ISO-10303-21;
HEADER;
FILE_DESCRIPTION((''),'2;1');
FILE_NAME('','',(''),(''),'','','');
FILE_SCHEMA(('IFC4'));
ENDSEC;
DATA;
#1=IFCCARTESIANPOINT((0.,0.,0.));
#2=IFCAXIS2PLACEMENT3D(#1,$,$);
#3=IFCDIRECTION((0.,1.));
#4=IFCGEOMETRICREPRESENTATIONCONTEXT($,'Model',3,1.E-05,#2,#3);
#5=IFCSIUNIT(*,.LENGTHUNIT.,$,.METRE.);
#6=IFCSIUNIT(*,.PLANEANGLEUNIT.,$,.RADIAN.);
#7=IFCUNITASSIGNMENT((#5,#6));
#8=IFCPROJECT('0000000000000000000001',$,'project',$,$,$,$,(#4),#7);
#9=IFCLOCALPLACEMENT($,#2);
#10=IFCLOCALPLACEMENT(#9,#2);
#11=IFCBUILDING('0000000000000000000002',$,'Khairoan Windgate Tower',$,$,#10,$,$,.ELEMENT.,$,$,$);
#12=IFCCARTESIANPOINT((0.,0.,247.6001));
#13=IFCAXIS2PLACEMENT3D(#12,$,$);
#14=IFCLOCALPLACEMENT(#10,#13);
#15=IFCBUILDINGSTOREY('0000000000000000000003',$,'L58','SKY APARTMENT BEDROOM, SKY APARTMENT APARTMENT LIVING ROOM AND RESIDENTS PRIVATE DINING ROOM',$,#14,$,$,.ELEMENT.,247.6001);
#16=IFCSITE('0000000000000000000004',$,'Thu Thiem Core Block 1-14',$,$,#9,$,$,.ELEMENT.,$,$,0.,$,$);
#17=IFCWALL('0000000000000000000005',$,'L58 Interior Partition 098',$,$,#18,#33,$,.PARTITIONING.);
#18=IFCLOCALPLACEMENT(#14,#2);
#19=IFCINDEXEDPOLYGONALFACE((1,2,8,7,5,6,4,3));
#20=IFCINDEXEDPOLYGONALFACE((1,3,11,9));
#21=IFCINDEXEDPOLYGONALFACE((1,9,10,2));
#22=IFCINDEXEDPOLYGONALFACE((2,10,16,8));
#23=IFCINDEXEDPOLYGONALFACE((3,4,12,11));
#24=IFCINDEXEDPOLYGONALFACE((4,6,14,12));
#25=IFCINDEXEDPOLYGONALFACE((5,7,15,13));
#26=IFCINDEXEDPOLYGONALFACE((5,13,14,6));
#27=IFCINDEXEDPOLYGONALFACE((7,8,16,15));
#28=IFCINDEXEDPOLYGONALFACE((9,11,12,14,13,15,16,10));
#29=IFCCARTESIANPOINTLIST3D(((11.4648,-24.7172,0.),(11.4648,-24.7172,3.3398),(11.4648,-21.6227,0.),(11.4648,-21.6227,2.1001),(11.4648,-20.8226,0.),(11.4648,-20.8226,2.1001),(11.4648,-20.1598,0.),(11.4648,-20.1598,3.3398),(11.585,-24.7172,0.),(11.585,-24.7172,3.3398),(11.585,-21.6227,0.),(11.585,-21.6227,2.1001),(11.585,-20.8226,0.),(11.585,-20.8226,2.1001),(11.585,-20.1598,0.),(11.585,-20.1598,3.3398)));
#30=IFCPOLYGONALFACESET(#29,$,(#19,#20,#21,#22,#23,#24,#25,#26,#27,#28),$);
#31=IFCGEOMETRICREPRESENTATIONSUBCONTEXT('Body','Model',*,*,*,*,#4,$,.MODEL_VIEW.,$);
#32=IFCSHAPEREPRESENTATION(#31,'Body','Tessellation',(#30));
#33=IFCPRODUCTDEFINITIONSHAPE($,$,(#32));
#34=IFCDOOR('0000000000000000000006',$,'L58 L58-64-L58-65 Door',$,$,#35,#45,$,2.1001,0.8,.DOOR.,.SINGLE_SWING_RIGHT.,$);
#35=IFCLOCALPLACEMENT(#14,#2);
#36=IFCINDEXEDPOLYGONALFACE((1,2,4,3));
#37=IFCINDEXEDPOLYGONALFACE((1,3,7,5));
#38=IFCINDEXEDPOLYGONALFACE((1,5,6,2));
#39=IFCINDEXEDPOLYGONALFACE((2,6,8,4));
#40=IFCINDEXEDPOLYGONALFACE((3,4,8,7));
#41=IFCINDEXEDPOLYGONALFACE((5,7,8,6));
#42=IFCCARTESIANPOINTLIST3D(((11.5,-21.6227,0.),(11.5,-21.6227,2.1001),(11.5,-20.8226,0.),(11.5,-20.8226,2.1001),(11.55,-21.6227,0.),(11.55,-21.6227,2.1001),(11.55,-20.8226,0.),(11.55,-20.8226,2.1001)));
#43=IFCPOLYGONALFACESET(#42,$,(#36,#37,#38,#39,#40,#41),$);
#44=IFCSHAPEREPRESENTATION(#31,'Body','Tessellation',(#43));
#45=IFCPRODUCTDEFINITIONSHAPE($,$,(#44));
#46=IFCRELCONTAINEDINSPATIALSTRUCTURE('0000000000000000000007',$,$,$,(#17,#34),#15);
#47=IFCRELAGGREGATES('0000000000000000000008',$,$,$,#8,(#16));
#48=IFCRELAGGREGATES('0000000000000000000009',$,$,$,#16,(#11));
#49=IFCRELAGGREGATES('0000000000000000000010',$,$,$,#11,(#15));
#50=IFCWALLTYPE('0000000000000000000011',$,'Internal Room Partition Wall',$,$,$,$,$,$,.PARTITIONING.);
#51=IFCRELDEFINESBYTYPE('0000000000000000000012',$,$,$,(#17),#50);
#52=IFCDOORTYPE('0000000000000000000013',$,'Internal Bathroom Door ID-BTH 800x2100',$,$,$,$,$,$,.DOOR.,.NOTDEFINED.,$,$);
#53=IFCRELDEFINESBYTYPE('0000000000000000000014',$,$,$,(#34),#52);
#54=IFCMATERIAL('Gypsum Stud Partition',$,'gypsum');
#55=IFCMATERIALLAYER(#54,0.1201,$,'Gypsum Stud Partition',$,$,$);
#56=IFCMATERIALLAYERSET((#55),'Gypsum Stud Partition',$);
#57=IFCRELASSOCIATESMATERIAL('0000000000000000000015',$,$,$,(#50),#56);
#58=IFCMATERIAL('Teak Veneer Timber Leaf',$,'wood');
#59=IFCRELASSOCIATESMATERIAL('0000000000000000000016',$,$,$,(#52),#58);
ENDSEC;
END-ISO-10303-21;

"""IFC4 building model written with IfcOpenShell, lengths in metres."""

from ifc_helpers import new_model, si_unit, direction, frame, frame_2d, origin, place, context, subcontext, project, spatial, rectangle, extrude, material, layer, layer_set, type_object, element, fill, save


model = new_model("IFC4")

# Units and contexts
model_context = context("Model", 3, precision=1e-05, world=origin(), true_north=direction((0.0, 1.0)))
body_context = subcontext(model_context, "Body", "Model", "MODEL_VIEW")
ifc_project = project(units=[si_unit("LENGTHUNIT", "METRE"), si_unit("PLANEANGLEUNIT", "RADIAN")], contexts=[model_context])

# Site, building, storey
site_placement = place(None, origin())
site = spatial("IfcSite", under=ifc_project, at=site_placement, Name="Thu Thiem Core Block 1-14", CompositionType="ELEMENT", RefElevation=0.0)
building_placement = place(site_placement, origin())
building = spatial("IfcBuilding", under=site, at=building_placement, Name="Khairoan Windgate Tower", CompositionType="ELEMENT")
storey_placement = place(building_placement, frame((0.0, 0.0, 247.6001)))
storey = spatial("IfcBuildingStorey", under=building, at=storey_placement, Name="L58", Description="SKY APARTMENT BEDROOM, SKY APARTMENT APARTMENT LIVING ROOM AND RESIDENTS PRIVATE DINING ROOM", CompositionType="ELEMENT", Elevation=247.6001)

# Shared definitions
ifc_material_1 = material(Name="Gypsum Stud Partition", Category="gypsum")
ifc_layer_1 = layer(ifc_material_1, 0.1201, Name="Gypsum Stud Partition")
ifc_layer_set_1 = layer_set([ifc_layer_1], Name="Gypsum Stud Partition")
wall_type_1 = type_object("IfcWallType", Name="Internal Room Partition Wall", PredefinedType="PARTITIONING", material=ifc_layer_set_1)

# Shared definitions
ifc_material_2 = material(Name="Teak Veneer Timber Leaf", Category="wood")
door_type_1 = type_object("IfcDoorType", Name="Internal Bathroom Door ID-BTH 800x2100", OperationType="NOTDEFINED", PredefinedType="DOOR", material=ifc_material_2)

# Wall, opening, door
wall_1_placement = place(storey_placement, frame((11.5249, -24.7173, 0.0), z_axis=(0.0, 0.0, 1.0), x_axis=(0.0, 1.0, 0.0)))
wall_1 = element("IfcWall", 1, at=wall_1_placement, inside=storey, type_object=wall_type_1, Name="L58 Interior Partition 098", PredefinedType="PARTITIONING", context=body_context, shape_type="SweptSolid", body=[
    extrude(rectangle(XDim=4.5574, YDim=0.1201, at=frame_2d((2.2788, 0.0))), origin(), (0.0, 0.0, 1.0), 3.3398),
])
opening_1_placement = place(wall_1_placement, frame((3.0947, 0.0, 0.0)))
opening_1 = element("IfcOpeningElement", 2, at=opening_1_placement, cuts=wall_1, PredefinedType="OPENING", context=body_context, shape_type="SweptSolid", body=[
    extrude(rectangle(XDim=0.8, YDim=2.1001, at=frame_2d((0.3999, 1.05))), frame((0.0, 0.0701, 0.0), z_axis=(0.0, -1.0, 0.0), x_axis=(1.0, 0.0, 0.0)), (0.0, 0.0, 1.0), 0.1401),
])
door_1_placement = place(opening_1_placement, origin())
door_1 = element("IfcDoor", 3, at=door_1_placement, inside=storey, type_object=door_type_1, Name="L58 L58-64-L58-65 Door", OperationType="SINGLE_SWING_RIGHT", OverallHeight=2.1001, OverallWidth=0.8, PredefinedType="DOOR", context=body_context, shape_type="SweptSolid", body=[
    extrude(rectangle(XDim=0.8, YDim=2.1001, at=frame_2d((0.3999, 1.05))), frame((0.0, 0.0249, 0.0), z_axis=(0.0, -1.0, 0.0), x_axis=(1.0, 0.0, 0.0)), (0.0, 0.0, 1.0), 0.05),
])
fill(opening_1, door_1)

save(model, "model.ifc")
